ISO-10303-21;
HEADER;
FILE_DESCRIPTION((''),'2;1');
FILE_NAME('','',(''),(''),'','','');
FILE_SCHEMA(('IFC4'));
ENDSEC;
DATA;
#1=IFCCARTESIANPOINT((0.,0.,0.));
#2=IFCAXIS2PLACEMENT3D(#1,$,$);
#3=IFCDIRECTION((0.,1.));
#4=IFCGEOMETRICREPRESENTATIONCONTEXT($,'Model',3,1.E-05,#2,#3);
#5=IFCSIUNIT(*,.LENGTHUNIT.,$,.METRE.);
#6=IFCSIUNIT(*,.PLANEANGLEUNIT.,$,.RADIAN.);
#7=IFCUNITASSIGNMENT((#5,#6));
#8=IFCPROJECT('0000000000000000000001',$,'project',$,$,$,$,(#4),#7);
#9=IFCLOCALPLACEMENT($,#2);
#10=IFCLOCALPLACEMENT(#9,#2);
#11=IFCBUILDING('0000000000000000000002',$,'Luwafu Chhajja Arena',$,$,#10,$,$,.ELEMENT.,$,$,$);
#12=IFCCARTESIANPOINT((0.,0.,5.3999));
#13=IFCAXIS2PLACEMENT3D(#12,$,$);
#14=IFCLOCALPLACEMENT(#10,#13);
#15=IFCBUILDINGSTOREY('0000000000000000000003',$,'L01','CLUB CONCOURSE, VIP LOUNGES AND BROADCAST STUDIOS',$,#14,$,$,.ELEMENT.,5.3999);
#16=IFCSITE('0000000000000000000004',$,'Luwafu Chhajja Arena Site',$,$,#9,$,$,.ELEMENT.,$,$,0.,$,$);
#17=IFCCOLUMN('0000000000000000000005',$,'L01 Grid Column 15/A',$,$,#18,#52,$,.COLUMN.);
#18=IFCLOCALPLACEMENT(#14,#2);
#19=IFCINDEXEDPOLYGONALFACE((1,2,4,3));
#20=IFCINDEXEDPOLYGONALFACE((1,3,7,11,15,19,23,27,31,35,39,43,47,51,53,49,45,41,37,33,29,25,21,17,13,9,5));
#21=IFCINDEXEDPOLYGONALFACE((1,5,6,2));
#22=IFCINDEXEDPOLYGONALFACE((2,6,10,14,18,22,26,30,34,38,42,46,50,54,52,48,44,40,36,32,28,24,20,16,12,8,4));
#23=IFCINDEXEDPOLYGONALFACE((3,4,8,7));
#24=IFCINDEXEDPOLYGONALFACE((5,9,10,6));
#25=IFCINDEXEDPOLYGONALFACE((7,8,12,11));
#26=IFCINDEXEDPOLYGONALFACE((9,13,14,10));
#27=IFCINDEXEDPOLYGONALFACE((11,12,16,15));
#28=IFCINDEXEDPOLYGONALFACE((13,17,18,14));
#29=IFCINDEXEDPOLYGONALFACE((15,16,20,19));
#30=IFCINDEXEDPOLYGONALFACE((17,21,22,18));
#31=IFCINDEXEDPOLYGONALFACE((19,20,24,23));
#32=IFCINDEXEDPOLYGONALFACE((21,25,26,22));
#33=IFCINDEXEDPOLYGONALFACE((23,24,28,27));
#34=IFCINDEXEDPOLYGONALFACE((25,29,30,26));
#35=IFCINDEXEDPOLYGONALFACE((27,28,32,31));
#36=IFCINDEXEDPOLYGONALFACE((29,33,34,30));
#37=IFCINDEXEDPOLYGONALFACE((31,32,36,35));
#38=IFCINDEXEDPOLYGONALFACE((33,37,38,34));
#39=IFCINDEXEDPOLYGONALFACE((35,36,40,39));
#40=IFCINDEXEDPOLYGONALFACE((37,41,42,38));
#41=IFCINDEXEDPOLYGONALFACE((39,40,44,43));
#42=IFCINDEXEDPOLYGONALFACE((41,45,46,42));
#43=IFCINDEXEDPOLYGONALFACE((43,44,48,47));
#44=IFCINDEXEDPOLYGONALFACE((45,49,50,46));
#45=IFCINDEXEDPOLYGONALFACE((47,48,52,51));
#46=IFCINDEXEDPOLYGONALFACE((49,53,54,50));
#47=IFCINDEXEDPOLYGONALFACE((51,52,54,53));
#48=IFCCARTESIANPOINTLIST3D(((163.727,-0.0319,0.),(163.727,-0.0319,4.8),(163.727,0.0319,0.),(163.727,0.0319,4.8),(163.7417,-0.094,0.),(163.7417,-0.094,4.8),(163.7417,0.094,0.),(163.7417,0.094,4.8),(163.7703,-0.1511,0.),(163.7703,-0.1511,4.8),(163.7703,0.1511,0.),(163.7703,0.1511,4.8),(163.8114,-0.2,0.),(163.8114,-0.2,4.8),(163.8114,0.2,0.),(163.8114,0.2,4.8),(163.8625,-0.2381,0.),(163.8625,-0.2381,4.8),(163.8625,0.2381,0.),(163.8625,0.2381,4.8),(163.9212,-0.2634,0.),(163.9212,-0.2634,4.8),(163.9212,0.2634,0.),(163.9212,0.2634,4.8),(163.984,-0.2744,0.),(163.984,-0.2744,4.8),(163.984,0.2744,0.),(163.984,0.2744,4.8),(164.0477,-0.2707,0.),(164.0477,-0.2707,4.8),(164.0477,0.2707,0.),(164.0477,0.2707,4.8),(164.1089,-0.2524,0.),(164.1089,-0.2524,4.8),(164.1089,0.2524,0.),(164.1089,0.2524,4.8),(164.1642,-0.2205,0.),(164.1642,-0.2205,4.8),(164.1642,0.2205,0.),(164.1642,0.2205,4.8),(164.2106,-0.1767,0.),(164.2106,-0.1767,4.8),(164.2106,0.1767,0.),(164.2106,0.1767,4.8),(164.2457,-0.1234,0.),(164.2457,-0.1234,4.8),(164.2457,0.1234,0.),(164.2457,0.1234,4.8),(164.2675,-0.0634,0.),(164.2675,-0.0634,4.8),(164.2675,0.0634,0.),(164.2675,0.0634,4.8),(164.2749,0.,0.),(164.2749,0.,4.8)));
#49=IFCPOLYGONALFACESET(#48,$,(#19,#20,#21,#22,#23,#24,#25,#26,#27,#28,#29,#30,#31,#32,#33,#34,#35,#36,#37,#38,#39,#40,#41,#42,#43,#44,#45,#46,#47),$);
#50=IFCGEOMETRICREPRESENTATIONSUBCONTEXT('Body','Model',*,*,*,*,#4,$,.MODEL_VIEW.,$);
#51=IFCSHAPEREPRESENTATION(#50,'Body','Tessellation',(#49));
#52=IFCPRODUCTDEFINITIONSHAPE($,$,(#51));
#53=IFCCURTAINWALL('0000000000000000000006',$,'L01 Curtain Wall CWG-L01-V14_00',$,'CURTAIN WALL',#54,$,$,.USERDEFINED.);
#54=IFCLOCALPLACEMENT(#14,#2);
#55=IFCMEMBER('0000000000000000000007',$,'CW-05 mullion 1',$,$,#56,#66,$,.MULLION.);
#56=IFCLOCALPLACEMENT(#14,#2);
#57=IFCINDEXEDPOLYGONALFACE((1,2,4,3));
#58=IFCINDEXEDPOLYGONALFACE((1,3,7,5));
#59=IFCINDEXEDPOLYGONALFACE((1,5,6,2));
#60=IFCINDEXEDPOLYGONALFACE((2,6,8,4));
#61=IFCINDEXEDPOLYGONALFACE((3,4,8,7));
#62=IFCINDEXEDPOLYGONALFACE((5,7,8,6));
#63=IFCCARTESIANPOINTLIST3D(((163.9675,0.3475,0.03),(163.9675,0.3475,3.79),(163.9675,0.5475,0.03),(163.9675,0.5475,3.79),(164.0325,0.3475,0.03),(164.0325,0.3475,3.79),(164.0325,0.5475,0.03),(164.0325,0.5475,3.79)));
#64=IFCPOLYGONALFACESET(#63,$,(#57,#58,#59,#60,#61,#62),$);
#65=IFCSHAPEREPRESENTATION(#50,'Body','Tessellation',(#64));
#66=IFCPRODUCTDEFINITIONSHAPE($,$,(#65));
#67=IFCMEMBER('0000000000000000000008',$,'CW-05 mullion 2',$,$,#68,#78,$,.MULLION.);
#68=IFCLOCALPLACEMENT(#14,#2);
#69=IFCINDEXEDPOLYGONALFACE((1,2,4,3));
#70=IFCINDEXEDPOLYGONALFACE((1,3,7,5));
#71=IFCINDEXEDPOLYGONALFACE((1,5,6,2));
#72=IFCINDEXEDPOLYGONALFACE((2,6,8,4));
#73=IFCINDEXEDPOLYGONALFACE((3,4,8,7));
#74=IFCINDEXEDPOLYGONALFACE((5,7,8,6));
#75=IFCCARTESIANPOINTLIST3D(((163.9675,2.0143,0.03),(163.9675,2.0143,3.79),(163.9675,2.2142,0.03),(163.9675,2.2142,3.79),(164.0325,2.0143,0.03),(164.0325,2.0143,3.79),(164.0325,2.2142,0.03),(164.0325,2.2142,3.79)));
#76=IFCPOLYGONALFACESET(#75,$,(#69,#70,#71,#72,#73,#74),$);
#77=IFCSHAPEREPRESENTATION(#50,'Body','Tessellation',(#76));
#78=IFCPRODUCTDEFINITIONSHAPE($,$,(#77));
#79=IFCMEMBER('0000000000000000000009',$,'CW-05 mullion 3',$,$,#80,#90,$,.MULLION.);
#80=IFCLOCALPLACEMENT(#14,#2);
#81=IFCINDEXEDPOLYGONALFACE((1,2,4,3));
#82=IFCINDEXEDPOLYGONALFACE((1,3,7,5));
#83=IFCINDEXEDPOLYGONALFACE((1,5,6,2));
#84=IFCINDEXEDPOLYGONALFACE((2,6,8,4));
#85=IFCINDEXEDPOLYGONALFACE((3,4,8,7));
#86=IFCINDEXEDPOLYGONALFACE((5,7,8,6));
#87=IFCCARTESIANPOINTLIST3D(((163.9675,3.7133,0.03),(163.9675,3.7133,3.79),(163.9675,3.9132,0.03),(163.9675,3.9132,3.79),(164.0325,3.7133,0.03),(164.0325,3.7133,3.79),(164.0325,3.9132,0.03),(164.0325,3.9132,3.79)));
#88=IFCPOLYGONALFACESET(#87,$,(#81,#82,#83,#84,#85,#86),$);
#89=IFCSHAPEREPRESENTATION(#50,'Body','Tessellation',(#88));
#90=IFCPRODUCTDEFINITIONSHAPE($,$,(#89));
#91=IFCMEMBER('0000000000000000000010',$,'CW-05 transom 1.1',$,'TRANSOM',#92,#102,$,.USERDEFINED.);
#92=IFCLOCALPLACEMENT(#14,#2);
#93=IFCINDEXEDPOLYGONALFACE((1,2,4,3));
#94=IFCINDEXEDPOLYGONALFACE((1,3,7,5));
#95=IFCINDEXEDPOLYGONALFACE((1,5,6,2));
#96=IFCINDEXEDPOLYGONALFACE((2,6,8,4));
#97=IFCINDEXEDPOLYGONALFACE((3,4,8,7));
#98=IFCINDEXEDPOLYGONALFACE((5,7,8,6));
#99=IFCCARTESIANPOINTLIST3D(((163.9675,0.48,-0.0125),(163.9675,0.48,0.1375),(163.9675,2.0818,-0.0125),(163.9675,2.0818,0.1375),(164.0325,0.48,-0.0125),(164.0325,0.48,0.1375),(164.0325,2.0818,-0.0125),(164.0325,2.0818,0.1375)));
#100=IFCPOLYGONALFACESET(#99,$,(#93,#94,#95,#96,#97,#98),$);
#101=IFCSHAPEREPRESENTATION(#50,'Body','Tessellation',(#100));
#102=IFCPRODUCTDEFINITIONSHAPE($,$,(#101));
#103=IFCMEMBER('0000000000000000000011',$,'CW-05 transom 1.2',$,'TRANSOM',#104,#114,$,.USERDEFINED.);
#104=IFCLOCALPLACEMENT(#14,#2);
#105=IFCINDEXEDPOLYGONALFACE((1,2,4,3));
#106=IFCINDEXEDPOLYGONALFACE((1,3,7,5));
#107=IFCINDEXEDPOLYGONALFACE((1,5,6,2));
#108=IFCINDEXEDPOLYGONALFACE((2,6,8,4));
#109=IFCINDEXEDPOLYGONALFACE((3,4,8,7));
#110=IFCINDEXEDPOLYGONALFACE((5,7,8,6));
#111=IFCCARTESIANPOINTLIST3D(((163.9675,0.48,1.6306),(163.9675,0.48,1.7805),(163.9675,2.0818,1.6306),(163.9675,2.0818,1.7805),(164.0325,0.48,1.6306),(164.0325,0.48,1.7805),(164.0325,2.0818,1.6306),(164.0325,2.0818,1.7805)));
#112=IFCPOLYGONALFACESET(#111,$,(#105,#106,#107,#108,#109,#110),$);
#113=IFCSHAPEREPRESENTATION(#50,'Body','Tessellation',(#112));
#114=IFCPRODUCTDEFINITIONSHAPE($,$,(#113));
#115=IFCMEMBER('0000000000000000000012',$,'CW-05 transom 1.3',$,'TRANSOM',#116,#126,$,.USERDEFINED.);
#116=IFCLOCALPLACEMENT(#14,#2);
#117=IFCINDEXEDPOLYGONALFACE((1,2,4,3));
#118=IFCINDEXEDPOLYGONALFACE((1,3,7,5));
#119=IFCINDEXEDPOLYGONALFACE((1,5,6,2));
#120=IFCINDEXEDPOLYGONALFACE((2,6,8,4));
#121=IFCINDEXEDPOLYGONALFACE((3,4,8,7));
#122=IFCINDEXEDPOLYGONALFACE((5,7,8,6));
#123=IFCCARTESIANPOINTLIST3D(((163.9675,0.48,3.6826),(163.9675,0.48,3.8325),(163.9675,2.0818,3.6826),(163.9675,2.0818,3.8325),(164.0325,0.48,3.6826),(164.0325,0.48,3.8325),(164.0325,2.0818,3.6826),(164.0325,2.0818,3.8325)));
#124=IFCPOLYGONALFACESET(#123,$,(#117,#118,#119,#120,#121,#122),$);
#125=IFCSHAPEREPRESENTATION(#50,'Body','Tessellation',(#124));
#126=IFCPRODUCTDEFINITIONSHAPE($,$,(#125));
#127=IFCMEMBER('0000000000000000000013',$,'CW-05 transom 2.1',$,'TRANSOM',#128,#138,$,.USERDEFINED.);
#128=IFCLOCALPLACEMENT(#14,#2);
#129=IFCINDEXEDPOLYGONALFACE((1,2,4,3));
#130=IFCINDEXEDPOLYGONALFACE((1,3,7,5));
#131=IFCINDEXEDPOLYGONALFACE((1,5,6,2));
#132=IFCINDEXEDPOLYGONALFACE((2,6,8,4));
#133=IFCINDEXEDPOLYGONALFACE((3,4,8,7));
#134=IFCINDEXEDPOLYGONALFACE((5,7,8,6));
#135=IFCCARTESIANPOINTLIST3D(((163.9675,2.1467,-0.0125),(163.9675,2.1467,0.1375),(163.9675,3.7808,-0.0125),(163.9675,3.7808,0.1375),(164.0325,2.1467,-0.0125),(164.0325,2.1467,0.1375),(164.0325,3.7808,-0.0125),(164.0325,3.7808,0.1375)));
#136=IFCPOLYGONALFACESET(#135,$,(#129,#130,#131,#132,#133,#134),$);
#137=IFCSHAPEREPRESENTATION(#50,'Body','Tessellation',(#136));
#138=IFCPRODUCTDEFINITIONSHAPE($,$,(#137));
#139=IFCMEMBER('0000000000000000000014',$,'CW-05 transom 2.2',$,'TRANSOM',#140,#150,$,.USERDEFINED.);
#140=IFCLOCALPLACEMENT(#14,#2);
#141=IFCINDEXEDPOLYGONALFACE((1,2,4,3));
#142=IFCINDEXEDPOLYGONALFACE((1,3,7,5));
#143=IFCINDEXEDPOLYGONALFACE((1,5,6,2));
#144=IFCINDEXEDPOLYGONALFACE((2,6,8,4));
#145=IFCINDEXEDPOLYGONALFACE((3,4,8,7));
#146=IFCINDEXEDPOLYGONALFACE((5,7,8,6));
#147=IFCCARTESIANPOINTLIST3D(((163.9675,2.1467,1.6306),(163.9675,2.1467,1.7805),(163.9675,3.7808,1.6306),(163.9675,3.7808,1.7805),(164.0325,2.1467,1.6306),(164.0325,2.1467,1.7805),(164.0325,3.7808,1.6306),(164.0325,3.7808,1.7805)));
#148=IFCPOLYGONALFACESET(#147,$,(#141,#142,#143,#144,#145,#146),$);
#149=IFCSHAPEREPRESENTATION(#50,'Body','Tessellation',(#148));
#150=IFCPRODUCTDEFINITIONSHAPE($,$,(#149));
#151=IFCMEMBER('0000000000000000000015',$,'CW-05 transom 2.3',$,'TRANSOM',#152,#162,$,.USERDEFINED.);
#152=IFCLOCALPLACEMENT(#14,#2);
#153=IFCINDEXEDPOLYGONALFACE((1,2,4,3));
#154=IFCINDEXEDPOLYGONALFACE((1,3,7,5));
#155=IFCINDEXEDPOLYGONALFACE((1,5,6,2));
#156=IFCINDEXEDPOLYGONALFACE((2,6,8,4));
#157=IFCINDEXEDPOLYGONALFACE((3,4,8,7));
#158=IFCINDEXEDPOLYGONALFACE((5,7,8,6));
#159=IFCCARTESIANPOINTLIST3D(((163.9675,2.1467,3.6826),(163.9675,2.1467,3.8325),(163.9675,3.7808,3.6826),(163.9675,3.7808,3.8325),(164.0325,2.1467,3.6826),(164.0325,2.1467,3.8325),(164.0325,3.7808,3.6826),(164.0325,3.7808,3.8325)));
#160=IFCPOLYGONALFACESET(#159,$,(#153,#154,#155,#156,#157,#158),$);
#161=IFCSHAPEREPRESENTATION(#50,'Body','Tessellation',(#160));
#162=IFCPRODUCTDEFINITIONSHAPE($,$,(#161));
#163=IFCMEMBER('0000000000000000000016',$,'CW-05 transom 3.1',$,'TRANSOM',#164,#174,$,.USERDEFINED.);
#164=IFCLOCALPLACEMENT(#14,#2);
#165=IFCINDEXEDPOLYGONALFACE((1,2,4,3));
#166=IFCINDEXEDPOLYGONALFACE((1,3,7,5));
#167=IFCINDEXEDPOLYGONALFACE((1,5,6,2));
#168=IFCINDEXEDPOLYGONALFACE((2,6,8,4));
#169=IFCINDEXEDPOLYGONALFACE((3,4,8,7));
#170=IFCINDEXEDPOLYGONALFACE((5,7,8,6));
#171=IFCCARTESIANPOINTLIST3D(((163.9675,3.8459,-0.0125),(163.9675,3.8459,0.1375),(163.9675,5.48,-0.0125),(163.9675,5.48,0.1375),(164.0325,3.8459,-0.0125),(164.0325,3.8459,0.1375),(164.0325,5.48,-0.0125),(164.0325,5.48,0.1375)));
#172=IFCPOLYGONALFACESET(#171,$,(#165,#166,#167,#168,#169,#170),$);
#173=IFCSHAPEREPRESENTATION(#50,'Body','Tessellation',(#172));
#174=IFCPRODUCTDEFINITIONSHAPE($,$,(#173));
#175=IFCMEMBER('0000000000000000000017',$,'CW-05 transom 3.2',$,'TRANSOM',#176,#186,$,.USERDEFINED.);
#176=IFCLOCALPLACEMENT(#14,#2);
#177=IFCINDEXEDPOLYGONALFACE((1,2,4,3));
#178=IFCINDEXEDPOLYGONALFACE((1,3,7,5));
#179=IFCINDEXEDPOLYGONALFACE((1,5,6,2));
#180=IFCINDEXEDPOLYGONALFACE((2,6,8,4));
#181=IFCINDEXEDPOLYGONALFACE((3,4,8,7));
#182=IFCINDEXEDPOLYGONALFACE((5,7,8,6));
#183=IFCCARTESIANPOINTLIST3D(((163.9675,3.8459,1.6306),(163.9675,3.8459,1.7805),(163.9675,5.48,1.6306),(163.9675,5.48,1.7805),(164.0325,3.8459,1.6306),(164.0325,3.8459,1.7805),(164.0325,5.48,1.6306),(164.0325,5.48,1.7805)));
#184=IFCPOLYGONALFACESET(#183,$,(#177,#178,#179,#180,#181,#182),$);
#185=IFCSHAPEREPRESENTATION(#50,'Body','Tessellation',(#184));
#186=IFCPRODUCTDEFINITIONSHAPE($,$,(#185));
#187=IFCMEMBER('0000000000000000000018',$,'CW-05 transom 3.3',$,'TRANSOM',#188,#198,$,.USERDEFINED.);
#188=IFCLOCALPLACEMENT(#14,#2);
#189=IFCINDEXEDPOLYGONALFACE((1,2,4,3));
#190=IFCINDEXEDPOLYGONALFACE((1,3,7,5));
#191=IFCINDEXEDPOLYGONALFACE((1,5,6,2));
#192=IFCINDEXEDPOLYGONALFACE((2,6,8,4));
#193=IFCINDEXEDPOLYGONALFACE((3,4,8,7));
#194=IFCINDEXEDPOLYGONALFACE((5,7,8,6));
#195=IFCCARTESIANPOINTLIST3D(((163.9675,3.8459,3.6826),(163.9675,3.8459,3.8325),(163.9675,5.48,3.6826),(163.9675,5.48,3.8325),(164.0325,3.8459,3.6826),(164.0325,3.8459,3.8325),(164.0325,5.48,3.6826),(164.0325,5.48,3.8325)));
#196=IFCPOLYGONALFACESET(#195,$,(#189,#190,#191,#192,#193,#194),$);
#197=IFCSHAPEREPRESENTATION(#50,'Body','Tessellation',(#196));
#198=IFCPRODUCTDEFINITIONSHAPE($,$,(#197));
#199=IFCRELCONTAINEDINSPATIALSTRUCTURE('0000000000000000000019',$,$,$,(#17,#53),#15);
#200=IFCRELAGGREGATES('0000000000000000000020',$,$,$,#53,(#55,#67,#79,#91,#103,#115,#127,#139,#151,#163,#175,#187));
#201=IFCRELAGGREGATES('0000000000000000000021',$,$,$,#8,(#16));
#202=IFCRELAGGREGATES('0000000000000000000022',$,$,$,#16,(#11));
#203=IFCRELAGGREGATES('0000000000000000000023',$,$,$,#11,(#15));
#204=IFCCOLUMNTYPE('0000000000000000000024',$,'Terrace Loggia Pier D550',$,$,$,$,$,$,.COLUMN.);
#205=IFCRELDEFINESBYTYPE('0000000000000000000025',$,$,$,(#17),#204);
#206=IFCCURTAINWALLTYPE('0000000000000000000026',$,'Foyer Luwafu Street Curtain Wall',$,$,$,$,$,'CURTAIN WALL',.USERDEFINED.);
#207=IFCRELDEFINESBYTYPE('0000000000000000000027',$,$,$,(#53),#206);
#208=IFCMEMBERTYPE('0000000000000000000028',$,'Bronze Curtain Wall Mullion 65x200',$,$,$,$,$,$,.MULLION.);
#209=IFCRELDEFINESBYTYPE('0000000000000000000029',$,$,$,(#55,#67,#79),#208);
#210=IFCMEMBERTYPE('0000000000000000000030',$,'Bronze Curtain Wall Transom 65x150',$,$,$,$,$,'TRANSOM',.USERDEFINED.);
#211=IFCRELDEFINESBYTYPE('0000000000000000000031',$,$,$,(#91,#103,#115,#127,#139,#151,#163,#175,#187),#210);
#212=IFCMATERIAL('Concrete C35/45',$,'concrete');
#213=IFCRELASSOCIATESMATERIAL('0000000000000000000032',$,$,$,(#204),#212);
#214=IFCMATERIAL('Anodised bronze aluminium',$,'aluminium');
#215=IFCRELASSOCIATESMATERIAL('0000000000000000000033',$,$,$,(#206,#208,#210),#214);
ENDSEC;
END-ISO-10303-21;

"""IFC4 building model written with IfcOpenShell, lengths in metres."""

from ifc_helpers import new_model, si_unit, direction, frame, origin, origin_2d, place, context, subcontext, project, spatial, rectangle, circle, extrude, material, material_profile, profile_set, type_object, element, aggregate, save


model = new_model("IFC4")

# Units and contexts
model_context = context("Model", 3, precision=1e-05, world=origin(), true_north=direction((0.0, 1.0)))
body_context = subcontext(model_context, "Body", "Model", "MODEL_VIEW")
ifc_project = project(units=[si_unit("LENGTHUNIT", "METRE"), si_unit("PLANEANGLEUNIT", "RADIAN")], contexts=[model_context])

# Site, building, storey
site_placement = place(None, origin())
site = spatial("IfcSite", under=ifc_project, at=site_placement, Name="Luwafu Chhajja Arena Site", CompositionType="ELEMENT", RefElevation=0.0)
building_placement = place(site_placement, origin())
building = spatial("IfcBuilding", under=site, at=building_placement, Name="Luwafu Chhajja Arena", CompositionType="ELEMENT")
storey_placement = place(building_placement, frame((0.0, 0.0, 5.3999)))
storey = spatial("IfcBuildingStorey", under=building, at=storey_placement, Name="L01", Description="CLUB CONCOURSE, VIP LOUNGES AND BROADCAST STUDIOS", CompositionType="ELEMENT", Elevation=5.3999)

# Column
ifc_material_1 = material(Name="Concrete C35/45", Category="concrete")
ifc_material_profile_1 = material_profile(ifc_material_1, circle(Radius=0.2749, at=origin_2d()), Name="RC COL D550")
ifc_profile_set_1 = profile_set([ifc_material_profile_1], Name="Concrete C35/45")
column_type = type_object("IfcColumnType", Name="Terrace Loggia Pier D550", PredefinedType="COLUMN", material=ifc_profile_set_1)
column_placement = place(storey_placement, frame((164.0, 0.0, 0.0), z_axis=(0.0, 0.0, 1.0), x_axis=(1.0, 0.0, 0.0)))
element("IfcColumn", 1, at=column_placement, inside=storey, type_object=column_type, Name="L01 Grid Column 15/A", PredefinedType="COLUMN", context=body_context, shape_type="SweptSolid", body=[
    extrude(circle(Radius=0.2749, at=origin_2d()), origin(), (0.0, 0.0, 1.0), 4.8),
])

# Curtain wall, members
ifc_material_2 = material(Name="Anodised bronze aluminium", Category="aluminium")
curtain_wall_type = type_object("IfcCurtainWallType", Name="Foyer Luwafu Street Curtain Wall", ElementType="CURTAIN WALL", PredefinedType="USERDEFINED", material=ifc_material_2)
curtain_wall_placement = place(storey_placement, origin())
curtain_wall = element("IfcCurtainWall", 2, at=curtain_wall_placement, inside=storey, type_object=curtain_wall_type, Name="L01 Curtain Wall CWG-L01-V14_00", ObjectType="CURTAIN WALL", PredefinedType="USERDEFINED")
ifc_material_profile_2 = material_profile(ifc_material_2, rectangle(XDim=0.0649, YDim=0.2, at=origin_2d()), Name="CWM 65x200")
ifc_profile_set_2 = profile_set([ifc_material_profile_2], Name="Anodised bronze aluminium")
member_type_1 = type_object("IfcMemberType", Name="Bronze Curtain Wall Mullion 65x200", PredefinedType="MULLION", material=ifc_profile_set_2)
member_1_placement = place(storey_placement, frame((164.0, 0.4475, 0.03), z_axis=(0.0, 0.0, 1.0), x_axis=(-1.0, 0.0, 0.0)))
member_1 = element("IfcMember", 3, at=member_1_placement, type_object=member_type_1, Name="CW-05 mullion 1", PredefinedType="MULLION", context=body_context, shape_type="SweptSolid", body=[
    extrude(rectangle(XDim=0.0649, YDim=0.2, at=origin_2d()), origin(), (0.0, 0.0, 1.0), 3.76),
])
member_2_placement = place(storey_placement, frame((164.0, 2.1143, 0.03), z_axis=(0.0, 0.0, 1.0), x_axis=(-1.0, 0.0, 0.0)))
member_2 = element("IfcMember", 4, at=member_2_placement, type_object=member_type_1, Name="CW-05 mullion 2", PredefinedType="MULLION", context=body_context, shape_type="SweptSolid", body=[
    extrude(rectangle(XDim=0.0649, YDim=0.2, at=origin_2d()), origin(), (0.0, 0.0, 1.0), 3.76),
])
member_3_placement = place(storey_placement, frame((164.0, 3.8132, 0.03), z_axis=(0.0, 0.0, 1.0), x_axis=(-1.0, 0.0, 0.0)))
member_3 = element("IfcMember", 5, at=member_3_placement, type_object=member_type_1, Name="CW-05 mullion 3", PredefinedType="MULLION", context=body_context, shape_type="SweptSolid", body=[
    extrude(rectangle(XDim=0.0649, YDim=0.2, at=origin_2d()), origin(), (0.0, 0.0, 1.0), 3.76),
])
ifc_material_profile_3 = material_profile(ifc_material_2, rectangle(XDim=0.0649, YDim=0.1499, at=origin_2d()), Name="CWT 65x150")
ifc_profile_set_3 = profile_set([ifc_material_profile_3], Name="Anodised bronze aluminium")
member_type_2 = type_object("IfcMemberType", Name="Bronze Curtain Wall Transom 65x150", ElementType="TRANSOM", PredefinedType="USERDEFINED", material=ifc_profile_set_3)
member_4_placement = place(storey_placement, frame((164.0, 0.48, 0.0625), z_axis=(0.0, 1.0, 0.0), x_axis=(-1.0, 0.0, 0.0)))
member_4 = element("IfcMember", 6, at=member_4_placement, type_object=member_type_2, Name="CW-05 transom 1.1", ObjectType="TRANSOM", PredefinedType="USERDEFINED", context=body_context, shape_type="SweptSolid", body=[
    extrude(rectangle(XDim=0.0649, YDim=0.1499, at=origin_2d()), origin(), (0.0, 0.0, 1.0), 1.6018),
])
member_5_placement = place(storey_placement, frame((164.0, 0.48, 1.7056), z_axis=(0.0, 1.0, 0.0), x_axis=(-1.0, 0.0, 0.0)))
member_5 = element("IfcMember", 7, at=member_5_placement, type_object=member_type_2, Name="CW-05 transom 1.2", ObjectType="TRANSOM", PredefinedType="USERDEFINED", context=body_context, shape_type="SweptSolid", body=[
    extrude(rectangle(XDim=0.0649, YDim=0.1499, at=origin_2d()), origin(), (0.0, 0.0, 1.0), 1.6018),
])
member_6_placement = place(storey_placement, frame((164.0, 0.48, 3.7576), z_axis=(0.0, 1.0, 0.0), x_axis=(-1.0, 0.0, 0.0)))
member_6 = element("IfcMember", 8, at=member_6_placement, type_object=member_type_2, Name="CW-05 transom 1.3", ObjectType="TRANSOM", PredefinedType="USERDEFINED", context=body_context, shape_type="SweptSolid", body=[
    extrude(rectangle(XDim=0.0649, YDim=0.1499, at=origin_2d()), origin(), (0.0, 0.0, 1.0), 1.6018),
])
member_7_placement = place(storey_placement, frame((164.0, 2.1467, 0.0625), z_axis=(0.0, 1.0, 0.0), x_axis=(-1.0, 0.0, 0.0)))
member_7 = element("IfcMember", 9, at=member_7_placement, type_object=member_type_2, Name="CW-05 transom 2.1", ObjectType="TRANSOM", PredefinedType="USERDEFINED", context=body_context, shape_type="SweptSolid", body=[
    extrude(rectangle(XDim=0.0649, YDim=0.1499, at=origin_2d()), origin(), (0.0, 0.0, 1.0), 1.634),
])
member_8_placement = place(storey_placement, frame((164.0, 2.1467, 1.7056), z_axis=(0.0, 1.0, 0.0), x_axis=(-1.0, 0.0, 0.0)))
member_8 = element("IfcMember", 10, at=member_8_placement, type_object=member_type_2, Name="CW-05 transom 2.2", ObjectType="TRANSOM", PredefinedType="USERDEFINED", context=body_context, shape_type="SweptSolid", body=[
    extrude(rectangle(XDim=0.0649, YDim=0.1499, at=origin_2d()), origin(), (0.0, 0.0, 1.0), 1.634),
])
member_9_placement = place(storey_placement, frame((164.0, 2.1467, 3.7576), z_axis=(0.0, 1.0, 0.0), x_axis=(-1.0, 0.0, 0.0)))
member_9 = element("IfcMember", 11, at=member_9_placement, type_object=member_type_2, Name="CW-05 transom 2.3", ObjectType="TRANSOM", PredefinedType="USERDEFINED", context=body_context, shape_type="SweptSolid", body=[
    extrude(rectangle(XDim=0.0649, YDim=0.1499, at=origin_2d()), origin(), (0.0, 0.0, 1.0), 1.634),
])
member_10_placement = place(storey_placement, frame((164.0, 3.8459, 0.0625), z_axis=(0.0, 1.0, 0.0), x_axis=(-1.0, 0.0, 0.0)))
member_10 = element("IfcMember", 12, at=member_10_placement, type_object=member_type_2, Name="CW-05 transom 3.1", ObjectType="TRANSOM", PredefinedType="USERDEFINED", context=body_context, shape_type="SweptSolid", body=[
    extrude(rectangle(XDim=0.0649, YDim=0.1499, at=origin_2d()), origin(), (0.0, 0.0, 1.0), 1.634),
])
member_11_placement = place(storey_placement, frame((164.0, 3.8459, 1.7056), z_axis=(0.0, 1.0, 0.0), x_axis=(-1.0, 0.0, 0.0)))
member_11 = element("IfcMember", 13, at=member_11_placement, type_object=member_type_2, Name="CW-05 transom 3.2", ObjectType="TRANSOM", PredefinedType="USERDEFINED", context=body_context, shape_type="SweptSolid", body=[
    extrude(rectangle(XDim=0.0649, YDim=0.1499, at=origin_2d()), origin(), (0.0, 0.0, 1.0), 1.634),
])
member_12_placement = place(storey_placement, frame((164.0, 3.8459, 3.7576), z_axis=(0.0, 1.0, 0.0), x_axis=(-1.0, 0.0, 0.0)))
member_12 = element("IfcMember", 14, at=member_12_placement, type_object=member_type_2, Name="CW-05 transom 3.3", ObjectType="TRANSOM", PredefinedType="USERDEFINED", context=body_context, shape_type="SweptSolid", body=[
    extrude(rectangle(XDim=0.0649, YDim=0.1499, at=origin_2d()), origin(), (0.0, 0.0, 1.0), 1.634),
])

aggregate(curtain_wall, [member_1, member_2, member_3, member_4, member_5, member_6, member_7, member_8, member_9, member_10, member_11, member_12])

save(model, "model.ifc")
